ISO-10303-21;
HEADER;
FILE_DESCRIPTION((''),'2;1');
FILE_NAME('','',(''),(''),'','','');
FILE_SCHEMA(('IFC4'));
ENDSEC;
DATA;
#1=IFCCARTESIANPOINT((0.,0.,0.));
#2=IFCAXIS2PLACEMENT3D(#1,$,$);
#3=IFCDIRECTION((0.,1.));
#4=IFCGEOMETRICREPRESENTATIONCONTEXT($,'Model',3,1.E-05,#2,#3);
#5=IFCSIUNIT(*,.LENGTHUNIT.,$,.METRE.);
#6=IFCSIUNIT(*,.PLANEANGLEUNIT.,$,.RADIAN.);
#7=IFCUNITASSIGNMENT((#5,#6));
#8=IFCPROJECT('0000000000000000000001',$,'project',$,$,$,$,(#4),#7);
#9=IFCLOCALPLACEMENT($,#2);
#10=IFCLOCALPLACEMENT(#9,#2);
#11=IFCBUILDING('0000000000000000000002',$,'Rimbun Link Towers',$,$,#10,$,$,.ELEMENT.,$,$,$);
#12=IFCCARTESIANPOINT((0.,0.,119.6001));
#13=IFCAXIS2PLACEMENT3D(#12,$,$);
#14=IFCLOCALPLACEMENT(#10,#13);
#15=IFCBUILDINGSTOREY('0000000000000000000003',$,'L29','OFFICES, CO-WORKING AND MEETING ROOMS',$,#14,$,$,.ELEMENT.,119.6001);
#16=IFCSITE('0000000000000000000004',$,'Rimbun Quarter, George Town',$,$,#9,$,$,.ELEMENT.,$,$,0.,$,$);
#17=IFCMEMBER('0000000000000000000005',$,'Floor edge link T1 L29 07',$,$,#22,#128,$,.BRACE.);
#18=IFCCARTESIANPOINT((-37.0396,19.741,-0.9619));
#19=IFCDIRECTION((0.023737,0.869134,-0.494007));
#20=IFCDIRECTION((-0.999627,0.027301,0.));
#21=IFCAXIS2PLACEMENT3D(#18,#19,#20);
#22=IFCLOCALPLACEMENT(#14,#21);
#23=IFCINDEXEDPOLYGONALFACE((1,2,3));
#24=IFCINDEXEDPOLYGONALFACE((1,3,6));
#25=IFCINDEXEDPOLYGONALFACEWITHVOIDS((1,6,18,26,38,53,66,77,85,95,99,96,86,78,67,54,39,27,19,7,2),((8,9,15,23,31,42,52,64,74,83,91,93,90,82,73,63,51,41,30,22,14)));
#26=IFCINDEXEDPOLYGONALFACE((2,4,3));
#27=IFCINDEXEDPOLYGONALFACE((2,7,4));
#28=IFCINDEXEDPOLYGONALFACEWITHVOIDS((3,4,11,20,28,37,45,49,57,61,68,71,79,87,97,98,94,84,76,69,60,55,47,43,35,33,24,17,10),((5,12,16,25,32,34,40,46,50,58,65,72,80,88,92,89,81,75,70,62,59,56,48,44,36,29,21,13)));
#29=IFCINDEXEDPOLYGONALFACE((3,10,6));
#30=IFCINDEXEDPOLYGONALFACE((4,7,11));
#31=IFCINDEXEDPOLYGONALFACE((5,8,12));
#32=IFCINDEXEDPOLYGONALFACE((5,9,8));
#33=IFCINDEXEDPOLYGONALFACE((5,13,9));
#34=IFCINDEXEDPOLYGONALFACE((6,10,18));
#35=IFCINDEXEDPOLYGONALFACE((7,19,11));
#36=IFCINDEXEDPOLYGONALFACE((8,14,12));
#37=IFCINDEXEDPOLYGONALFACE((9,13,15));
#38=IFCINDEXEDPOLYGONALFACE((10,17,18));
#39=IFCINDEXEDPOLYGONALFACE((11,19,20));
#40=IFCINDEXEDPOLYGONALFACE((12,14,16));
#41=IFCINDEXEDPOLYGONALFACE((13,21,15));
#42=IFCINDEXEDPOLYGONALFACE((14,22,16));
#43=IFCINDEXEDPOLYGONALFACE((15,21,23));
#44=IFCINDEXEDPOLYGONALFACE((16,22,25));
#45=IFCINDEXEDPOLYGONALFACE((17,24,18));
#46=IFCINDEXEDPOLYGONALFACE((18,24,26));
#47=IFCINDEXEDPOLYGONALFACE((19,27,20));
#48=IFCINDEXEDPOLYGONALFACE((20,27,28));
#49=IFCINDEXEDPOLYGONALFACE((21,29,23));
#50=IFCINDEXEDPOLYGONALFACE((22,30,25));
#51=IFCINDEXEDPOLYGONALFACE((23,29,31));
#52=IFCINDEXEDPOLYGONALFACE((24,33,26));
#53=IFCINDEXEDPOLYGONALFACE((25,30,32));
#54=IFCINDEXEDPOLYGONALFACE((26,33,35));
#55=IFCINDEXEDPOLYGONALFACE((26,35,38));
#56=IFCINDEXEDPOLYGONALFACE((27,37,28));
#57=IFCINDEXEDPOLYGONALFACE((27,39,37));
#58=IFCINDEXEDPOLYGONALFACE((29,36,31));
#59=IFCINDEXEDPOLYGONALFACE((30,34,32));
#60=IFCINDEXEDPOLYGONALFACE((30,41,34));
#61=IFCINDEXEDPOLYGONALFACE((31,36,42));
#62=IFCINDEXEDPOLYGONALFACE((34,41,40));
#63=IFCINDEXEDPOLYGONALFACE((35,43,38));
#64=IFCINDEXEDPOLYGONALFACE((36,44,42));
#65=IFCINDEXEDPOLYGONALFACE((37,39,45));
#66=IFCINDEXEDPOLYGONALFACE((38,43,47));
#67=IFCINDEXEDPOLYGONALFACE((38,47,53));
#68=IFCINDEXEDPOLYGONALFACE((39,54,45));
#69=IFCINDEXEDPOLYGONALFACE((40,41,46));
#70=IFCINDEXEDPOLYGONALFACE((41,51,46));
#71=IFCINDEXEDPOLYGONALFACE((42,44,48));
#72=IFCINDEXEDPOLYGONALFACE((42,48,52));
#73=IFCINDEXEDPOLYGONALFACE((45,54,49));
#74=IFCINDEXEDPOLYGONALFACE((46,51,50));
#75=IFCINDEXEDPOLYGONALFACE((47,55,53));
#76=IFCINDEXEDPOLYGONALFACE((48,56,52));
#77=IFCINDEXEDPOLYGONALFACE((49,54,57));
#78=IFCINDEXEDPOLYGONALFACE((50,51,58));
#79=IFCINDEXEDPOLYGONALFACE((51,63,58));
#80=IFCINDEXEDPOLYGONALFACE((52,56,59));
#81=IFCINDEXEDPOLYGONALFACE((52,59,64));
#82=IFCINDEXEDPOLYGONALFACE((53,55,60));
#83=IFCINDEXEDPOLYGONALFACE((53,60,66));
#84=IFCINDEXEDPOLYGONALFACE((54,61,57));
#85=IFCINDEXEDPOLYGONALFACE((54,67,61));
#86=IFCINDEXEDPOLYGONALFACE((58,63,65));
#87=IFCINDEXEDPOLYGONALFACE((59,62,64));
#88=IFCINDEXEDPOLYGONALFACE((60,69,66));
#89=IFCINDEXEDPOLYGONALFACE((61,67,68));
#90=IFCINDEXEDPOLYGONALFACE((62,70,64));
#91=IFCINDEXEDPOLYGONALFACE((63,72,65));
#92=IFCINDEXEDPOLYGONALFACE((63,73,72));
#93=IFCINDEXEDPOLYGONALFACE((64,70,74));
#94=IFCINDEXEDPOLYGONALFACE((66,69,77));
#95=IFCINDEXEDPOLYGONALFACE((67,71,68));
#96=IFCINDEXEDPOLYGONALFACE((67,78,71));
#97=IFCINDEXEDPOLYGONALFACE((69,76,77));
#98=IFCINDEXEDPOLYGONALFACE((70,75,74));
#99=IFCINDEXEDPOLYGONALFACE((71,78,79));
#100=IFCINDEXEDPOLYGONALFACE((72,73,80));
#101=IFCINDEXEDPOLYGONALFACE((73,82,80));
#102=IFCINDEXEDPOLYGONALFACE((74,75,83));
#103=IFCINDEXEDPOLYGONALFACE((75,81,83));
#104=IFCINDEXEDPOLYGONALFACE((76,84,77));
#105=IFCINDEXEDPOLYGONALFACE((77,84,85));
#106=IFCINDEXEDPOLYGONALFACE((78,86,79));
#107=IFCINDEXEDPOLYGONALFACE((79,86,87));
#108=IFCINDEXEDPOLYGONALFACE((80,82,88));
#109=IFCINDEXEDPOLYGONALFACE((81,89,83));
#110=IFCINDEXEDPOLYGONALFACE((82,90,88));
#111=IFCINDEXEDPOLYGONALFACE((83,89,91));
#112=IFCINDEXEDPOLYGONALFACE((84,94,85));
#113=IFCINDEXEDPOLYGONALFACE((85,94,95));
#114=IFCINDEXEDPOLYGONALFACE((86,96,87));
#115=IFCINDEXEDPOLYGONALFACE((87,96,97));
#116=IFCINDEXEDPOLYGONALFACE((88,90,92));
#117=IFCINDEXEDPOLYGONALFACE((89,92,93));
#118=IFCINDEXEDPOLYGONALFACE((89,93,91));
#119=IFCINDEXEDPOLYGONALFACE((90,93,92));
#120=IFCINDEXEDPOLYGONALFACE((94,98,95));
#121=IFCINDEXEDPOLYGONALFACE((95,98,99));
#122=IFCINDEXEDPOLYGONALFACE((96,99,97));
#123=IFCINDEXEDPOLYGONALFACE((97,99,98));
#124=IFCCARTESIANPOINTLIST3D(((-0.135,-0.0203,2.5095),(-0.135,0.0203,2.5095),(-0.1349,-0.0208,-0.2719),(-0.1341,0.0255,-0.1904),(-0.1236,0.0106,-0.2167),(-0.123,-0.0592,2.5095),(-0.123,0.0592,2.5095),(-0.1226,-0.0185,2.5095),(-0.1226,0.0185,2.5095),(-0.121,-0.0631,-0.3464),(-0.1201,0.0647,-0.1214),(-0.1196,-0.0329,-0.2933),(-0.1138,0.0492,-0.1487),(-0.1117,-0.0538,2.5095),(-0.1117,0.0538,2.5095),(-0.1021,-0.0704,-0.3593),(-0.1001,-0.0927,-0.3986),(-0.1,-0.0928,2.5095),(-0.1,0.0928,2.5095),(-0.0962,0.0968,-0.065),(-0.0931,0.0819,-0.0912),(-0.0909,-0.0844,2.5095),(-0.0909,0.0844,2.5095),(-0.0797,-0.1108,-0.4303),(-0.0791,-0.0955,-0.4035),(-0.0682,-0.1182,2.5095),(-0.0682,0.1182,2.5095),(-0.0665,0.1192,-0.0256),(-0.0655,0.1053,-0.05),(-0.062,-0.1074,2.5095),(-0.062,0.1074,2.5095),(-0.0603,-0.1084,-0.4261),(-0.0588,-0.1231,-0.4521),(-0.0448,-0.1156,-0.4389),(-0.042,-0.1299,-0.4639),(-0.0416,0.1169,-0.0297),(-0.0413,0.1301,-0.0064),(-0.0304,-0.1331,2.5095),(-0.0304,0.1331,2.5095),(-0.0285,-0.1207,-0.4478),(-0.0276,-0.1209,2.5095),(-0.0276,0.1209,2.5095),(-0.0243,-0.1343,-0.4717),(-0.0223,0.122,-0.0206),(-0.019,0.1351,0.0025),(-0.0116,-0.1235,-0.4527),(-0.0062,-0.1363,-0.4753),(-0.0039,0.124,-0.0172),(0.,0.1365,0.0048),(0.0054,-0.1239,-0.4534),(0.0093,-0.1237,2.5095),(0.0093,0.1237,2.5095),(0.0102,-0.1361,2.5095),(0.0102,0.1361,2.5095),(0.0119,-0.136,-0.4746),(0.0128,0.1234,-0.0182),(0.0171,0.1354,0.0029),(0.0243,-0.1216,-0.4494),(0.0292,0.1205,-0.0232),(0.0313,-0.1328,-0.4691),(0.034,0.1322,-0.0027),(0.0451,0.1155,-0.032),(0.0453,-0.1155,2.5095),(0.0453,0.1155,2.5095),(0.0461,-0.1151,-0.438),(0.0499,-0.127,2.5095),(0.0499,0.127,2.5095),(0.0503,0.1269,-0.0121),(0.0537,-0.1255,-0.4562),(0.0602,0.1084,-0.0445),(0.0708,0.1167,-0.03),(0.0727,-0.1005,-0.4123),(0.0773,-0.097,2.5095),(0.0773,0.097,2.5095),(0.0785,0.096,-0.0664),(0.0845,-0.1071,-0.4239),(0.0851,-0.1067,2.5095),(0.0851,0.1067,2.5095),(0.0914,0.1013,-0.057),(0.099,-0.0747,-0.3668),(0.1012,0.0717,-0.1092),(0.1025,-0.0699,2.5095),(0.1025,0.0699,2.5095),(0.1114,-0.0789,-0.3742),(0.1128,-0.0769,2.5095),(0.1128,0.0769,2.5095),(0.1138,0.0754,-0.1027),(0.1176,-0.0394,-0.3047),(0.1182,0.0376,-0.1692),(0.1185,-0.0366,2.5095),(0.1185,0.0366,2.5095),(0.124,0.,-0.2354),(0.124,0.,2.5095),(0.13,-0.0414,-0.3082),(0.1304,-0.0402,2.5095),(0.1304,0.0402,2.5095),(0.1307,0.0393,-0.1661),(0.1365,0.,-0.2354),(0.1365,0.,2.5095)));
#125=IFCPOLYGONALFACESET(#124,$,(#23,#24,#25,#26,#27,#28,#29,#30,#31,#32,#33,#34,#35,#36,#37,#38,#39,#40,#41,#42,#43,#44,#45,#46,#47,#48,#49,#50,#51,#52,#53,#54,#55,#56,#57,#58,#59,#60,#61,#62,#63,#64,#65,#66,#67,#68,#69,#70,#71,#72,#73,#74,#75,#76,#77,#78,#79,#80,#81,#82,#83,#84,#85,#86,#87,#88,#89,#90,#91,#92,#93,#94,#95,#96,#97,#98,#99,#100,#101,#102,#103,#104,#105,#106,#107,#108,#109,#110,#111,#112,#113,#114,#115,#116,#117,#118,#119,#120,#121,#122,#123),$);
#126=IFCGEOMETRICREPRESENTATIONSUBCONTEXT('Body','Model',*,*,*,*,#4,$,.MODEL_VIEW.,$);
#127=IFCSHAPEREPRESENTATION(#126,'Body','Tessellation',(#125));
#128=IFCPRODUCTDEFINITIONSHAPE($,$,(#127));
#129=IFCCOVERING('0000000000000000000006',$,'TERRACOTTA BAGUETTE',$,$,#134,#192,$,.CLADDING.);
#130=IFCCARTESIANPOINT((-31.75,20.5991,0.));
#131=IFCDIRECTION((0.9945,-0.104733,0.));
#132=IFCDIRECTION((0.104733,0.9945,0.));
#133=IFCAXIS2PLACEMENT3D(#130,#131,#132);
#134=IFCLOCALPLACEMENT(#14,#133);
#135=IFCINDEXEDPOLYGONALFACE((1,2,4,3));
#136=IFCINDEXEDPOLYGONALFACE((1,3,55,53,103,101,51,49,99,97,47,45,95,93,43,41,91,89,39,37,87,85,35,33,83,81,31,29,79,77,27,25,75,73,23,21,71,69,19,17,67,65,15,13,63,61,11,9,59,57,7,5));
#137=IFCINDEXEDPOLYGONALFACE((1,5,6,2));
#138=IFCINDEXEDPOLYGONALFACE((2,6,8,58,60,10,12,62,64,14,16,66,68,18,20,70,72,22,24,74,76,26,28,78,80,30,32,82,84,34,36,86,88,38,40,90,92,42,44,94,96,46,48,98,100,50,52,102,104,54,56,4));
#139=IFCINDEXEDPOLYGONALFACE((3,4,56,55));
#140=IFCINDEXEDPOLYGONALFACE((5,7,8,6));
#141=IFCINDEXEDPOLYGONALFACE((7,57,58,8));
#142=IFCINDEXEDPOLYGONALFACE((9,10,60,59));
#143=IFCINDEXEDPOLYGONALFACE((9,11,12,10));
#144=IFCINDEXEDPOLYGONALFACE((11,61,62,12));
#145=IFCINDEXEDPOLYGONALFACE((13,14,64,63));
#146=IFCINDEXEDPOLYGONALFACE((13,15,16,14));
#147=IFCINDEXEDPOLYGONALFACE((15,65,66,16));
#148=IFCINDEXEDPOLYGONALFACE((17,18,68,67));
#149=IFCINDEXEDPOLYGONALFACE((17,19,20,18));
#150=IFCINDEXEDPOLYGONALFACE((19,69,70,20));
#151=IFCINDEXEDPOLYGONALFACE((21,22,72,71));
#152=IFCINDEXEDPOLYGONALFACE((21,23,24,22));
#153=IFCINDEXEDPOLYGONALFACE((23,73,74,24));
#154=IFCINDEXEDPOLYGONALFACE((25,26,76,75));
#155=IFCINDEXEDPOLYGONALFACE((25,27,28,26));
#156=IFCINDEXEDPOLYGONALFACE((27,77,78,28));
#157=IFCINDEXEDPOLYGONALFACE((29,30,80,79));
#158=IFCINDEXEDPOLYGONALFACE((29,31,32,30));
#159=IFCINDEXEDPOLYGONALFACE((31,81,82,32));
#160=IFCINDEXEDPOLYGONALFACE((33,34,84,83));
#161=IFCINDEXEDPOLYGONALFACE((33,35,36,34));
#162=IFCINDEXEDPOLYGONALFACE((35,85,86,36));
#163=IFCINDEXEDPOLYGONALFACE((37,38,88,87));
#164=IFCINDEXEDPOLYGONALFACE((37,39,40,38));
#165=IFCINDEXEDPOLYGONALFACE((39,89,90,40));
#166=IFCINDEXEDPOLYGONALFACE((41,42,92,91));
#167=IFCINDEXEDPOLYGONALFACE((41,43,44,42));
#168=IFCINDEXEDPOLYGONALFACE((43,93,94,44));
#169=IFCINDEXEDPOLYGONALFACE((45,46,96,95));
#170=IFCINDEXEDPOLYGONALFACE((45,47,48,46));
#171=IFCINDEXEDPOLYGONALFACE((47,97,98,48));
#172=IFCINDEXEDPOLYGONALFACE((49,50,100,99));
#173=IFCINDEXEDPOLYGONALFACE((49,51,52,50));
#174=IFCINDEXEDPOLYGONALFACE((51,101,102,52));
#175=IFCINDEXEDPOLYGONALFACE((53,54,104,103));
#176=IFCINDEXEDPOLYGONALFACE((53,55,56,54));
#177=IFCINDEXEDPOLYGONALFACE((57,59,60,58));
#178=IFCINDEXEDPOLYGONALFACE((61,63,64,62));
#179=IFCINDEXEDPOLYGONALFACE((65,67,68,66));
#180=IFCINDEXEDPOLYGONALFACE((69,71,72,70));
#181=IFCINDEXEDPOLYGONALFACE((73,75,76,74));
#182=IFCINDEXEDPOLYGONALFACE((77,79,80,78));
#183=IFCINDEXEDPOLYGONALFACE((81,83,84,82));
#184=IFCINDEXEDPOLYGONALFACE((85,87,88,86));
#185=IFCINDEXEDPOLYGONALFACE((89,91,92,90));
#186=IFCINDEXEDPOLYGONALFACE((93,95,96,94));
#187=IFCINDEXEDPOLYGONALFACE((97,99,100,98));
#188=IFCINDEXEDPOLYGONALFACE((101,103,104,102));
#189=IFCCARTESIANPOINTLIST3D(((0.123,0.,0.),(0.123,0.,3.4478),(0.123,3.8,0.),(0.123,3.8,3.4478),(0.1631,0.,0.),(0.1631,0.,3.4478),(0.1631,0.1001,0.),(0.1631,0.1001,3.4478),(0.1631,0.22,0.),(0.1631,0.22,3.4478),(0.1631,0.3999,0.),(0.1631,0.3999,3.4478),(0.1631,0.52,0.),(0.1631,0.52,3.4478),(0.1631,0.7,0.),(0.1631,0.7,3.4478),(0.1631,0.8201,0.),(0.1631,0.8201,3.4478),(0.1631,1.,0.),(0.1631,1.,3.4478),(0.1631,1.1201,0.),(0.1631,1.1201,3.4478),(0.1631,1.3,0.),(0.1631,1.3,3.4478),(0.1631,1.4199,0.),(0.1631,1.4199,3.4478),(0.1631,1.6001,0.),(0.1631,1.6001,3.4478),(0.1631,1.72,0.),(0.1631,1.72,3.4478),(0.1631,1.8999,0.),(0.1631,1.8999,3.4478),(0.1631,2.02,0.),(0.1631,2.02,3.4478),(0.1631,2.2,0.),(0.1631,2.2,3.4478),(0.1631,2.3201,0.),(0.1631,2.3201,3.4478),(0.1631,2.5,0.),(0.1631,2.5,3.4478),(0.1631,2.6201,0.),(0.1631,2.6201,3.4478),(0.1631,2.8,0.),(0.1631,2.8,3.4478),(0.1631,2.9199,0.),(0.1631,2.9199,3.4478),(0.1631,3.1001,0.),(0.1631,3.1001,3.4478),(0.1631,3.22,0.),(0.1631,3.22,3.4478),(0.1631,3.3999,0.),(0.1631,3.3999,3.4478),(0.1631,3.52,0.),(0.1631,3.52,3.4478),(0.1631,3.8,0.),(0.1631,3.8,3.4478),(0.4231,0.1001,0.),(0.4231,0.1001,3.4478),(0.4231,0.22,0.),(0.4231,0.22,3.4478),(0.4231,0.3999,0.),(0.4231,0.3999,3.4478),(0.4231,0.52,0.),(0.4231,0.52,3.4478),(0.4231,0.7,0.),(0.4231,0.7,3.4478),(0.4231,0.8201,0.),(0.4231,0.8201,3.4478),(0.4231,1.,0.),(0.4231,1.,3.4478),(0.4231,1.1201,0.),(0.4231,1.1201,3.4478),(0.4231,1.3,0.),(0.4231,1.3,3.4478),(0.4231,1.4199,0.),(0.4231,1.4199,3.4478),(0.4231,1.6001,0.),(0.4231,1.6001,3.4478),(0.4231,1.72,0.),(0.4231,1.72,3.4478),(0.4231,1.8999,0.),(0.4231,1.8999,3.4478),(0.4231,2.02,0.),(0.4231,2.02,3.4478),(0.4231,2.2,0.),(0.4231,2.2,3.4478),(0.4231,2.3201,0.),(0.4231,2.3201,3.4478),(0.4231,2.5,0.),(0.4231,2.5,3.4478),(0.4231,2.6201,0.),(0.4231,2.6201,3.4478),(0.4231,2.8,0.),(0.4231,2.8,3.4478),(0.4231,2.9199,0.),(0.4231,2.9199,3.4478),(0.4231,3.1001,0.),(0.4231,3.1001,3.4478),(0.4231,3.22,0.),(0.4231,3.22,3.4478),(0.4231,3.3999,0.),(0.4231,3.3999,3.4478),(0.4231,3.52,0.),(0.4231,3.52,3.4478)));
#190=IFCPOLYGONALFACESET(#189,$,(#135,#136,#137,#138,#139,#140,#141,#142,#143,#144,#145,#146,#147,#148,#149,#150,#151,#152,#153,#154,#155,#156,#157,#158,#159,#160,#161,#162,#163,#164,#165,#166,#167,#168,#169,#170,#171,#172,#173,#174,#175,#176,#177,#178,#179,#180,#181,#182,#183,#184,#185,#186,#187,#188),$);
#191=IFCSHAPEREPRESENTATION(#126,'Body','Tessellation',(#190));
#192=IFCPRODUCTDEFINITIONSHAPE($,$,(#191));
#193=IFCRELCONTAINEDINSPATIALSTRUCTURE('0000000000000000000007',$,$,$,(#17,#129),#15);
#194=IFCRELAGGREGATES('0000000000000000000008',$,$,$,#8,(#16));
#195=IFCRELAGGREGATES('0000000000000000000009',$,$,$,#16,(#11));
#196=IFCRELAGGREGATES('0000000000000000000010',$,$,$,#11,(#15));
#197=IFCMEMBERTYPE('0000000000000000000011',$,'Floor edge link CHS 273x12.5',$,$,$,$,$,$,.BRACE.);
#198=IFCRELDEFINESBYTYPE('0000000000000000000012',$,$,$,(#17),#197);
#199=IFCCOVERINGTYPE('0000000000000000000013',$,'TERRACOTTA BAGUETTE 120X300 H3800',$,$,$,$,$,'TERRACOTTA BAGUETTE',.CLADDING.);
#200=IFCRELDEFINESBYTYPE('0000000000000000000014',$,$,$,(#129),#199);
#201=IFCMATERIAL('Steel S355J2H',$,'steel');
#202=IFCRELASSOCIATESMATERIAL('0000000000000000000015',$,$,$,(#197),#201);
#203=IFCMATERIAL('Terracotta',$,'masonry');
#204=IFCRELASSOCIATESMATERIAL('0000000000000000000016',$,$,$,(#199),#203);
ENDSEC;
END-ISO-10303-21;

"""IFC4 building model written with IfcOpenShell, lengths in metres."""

from ifc_helpers import new_model, si_unit, direction, frame, origin, origin_2d, place, context, subcontext, project, spatial, polyline, hollow_circle, outline, extrude, clip, halfspace, material, material_profile, profile_set, type_object, element, save


model = new_model("IFC4")

# Units and contexts
model_context = context("Model", 3, precision=1e-05, world=origin(), true_north=direction((0.0, 1.0)))
body_context = subcontext(model_context, "Body", "Model", "MODEL_VIEW")
ifc_project = project(units=[si_unit("LENGTHUNIT", "METRE"), si_unit("PLANEANGLEUNIT", "RADIAN")], contexts=[model_context])

# Site, building, storey
site_placement = place(None, origin())
site = spatial("IfcSite", under=ifc_project, at=site_placement, Name="Rimbun Quarter, George Town", CompositionType="ELEMENT", RefElevation=0.0)
building_placement = place(site_placement, origin())
building = spatial("IfcBuilding", under=site, at=building_placement, Name="Rimbun Link Towers", CompositionType="ELEMENT")
storey_placement = place(building_placement, frame((0.0, 0.0, 119.6001)))
storey = spatial("IfcBuildingStorey", under=building, at=storey_placement, Name="L29", Description="OFFICES, CO-WORKING AND MEETING ROOMS", CompositionType="ELEMENT", Elevation=119.6001)

# Member
ifc_material_1 = material(Name="Steel S355J2H", Category="steel")
ifc_material_profile_1 = material_profile(ifc_material_1, hollow_circle(Radius=0.1365, WallThickness=0.0125, at=origin_2d()), Name="CHS 273x12.5")
ifc_profile_set_1 = profile_set([ifc_material_profile_1], Name="Steel S355J2H")
member_type_1 = type_object("IfcMemberType", Name="Floor edge link CHS 273x12.5", PredefinedType="BRACE", material=ifc_profile_set_1)
member_1_placement = place(storey_placement, frame((-37.0396, 19.741, -0.9619), z_axis=(0.023737, 0.869134, -0.494007), x_axis=(-0.999627, 0.027301, 0.0)))
element("IfcMember", 1, at=member_1_placement, inside=storey, type_object=member_type_1, Name="Floor edge link T1 L29 07", PredefinedType="BRACE", context=body_context, shape_type="Clipping", body=[
    clip(extrude(hollow_circle(Radius=0.1365, WallThickness=0.0125, at=origin_2d()), frame((0.0, 0.0, -0.5007)), (0.0, 0.0, 1.0), 3.0103), halfspace(frame((0.0, 0.0, -0.2354), z_axis=(0.0, 0.869458, -0.494007)), False)),
])

# Covering
ifc_material_2 = material(Name="Terracotta", Category="masonry")
ifc_material_profile_2 = material_profile(ifc_material_2, outline(polyline([(0.123, 0.0), (0.1631, 0.0), (0.1631, 0.1001), (0.4231, 0.1001), (0.4231, 0.22), (0.1631, 0.22), (0.1631, 0.3999), (0.4231, 0.3999), (0.4231, 0.52), (0.1631, 0.52), (0.1631, 0.7), (0.4231, 0.7), (0.4231, 0.8201), (0.1631, 0.8201), (0.1631, 1.0), (0.4231, 1.0), (0.4231, 1.1201), (0.1631, 1.1201), (0.1631, 1.3), (0.4231, 1.3), (0.4231, 1.4199), (0.1631, 1.4199), (0.1631, 1.6001), (0.4231, 1.6001), (0.4231, 1.72), (0.1631, 1.72), (0.1631, 1.8999), (0.4231, 1.8999), (0.4231, 2.02), (0.1631, 2.02), (0.1631, 2.2), (0.4231, 2.2), (0.4231, 2.3201), (0.1631, 2.3201), (0.1631, 2.5), (0.4231, 2.5), (0.4231, 2.6201), (0.1631, 2.6201), (0.1631, 2.8), (0.4231, 2.8), (0.4231, 2.9199), (0.1631, 2.9199), (0.1631, 3.1001), (0.4231, 3.1001), (0.4231, 3.22), (0.1631, 3.22), (0.1631, 3.3999), (0.4231, 3.3999), (0.4231, 3.52), (0.1631, 3.52), (0.1631, 3.8), (0.123, 3.8), (0.123, 0.0)])), Name="BAGUETTE 120X300")
ifc_profile_set_2 = profile_set([ifc_material_profile_2], Name="Terracotta")
covering_type = type_object("IfcCoveringType", Name="TERRACOTTA BAGUETTE 120X300 H3800", ElementType="TERRACOTTA BAGUETTE", PredefinedType="CLADDING", material=ifc_profile_set_2)
for number, where, z_axis, x_axis, name in (
    (2, (-31.75, 20.5991, 0.0), (0.9945, -0.104733, 0.0), (0.104733, 0.9945, 0.0), "TERRACOTTA BAGUETTE"),
):
    element("IfcCovering", number, at=place(storey_placement, frame(where, z_axis=z_axis, x_axis=x_axis)), inside=storey, type_object=covering_type, Name=name, PredefinedType="CLADDING", context=body_context, shape_type="SweptSolid", body=[
        extrude(outline(polyline([(0.123, 0.0), (0.1631, 0.0), (0.1631, 0.1001), (0.4231, 0.1001), (0.4231, 0.22), (0.1631, 0.22), (0.1631, 0.3999), (0.4231, 0.3999), (0.4231, 0.52), (0.1631, 0.52), (0.1631, 0.7), (0.4231, 0.7), (0.4231, 0.8201), (0.1631, 0.8201), (0.1631, 1.0), (0.4231, 1.0), (0.4231, 1.1201), (0.1631, 1.1201), (0.1631, 1.3), (0.4231, 1.3), (0.4231, 1.4199), (0.1631, 1.4199), (0.1631, 1.6001), (0.4231, 1.6001), (0.4231, 1.72), (0.1631, 1.72), (0.1631, 1.8999), (0.4231, 1.8999), (0.4231, 2.02), (0.1631, 2.02), (0.1631, 2.2), (0.4231, 2.2), (0.4231, 2.3201), (0.1631, 2.3201), (0.1631, 2.5), (0.4231, 2.5), (0.4231, 2.6201), (0.1631, 2.6201), (0.1631, 2.8), (0.4231, 2.8), (0.4231, 2.9199), (0.1631, 2.9199), (0.1631, 3.1001), (0.4231, 3.1001), (0.4231, 3.22), (0.1631, 3.22), (0.1631, 3.3999), (0.4231, 3.3999), (0.4231, 3.52), (0.1631, 3.52), (0.1631, 3.8), (0.123, 3.8), (0.123, 0.0)])), origin(), (0.0, 0.0, 1.0), 3.4478),
    ])

save(model, "model.ifc")
